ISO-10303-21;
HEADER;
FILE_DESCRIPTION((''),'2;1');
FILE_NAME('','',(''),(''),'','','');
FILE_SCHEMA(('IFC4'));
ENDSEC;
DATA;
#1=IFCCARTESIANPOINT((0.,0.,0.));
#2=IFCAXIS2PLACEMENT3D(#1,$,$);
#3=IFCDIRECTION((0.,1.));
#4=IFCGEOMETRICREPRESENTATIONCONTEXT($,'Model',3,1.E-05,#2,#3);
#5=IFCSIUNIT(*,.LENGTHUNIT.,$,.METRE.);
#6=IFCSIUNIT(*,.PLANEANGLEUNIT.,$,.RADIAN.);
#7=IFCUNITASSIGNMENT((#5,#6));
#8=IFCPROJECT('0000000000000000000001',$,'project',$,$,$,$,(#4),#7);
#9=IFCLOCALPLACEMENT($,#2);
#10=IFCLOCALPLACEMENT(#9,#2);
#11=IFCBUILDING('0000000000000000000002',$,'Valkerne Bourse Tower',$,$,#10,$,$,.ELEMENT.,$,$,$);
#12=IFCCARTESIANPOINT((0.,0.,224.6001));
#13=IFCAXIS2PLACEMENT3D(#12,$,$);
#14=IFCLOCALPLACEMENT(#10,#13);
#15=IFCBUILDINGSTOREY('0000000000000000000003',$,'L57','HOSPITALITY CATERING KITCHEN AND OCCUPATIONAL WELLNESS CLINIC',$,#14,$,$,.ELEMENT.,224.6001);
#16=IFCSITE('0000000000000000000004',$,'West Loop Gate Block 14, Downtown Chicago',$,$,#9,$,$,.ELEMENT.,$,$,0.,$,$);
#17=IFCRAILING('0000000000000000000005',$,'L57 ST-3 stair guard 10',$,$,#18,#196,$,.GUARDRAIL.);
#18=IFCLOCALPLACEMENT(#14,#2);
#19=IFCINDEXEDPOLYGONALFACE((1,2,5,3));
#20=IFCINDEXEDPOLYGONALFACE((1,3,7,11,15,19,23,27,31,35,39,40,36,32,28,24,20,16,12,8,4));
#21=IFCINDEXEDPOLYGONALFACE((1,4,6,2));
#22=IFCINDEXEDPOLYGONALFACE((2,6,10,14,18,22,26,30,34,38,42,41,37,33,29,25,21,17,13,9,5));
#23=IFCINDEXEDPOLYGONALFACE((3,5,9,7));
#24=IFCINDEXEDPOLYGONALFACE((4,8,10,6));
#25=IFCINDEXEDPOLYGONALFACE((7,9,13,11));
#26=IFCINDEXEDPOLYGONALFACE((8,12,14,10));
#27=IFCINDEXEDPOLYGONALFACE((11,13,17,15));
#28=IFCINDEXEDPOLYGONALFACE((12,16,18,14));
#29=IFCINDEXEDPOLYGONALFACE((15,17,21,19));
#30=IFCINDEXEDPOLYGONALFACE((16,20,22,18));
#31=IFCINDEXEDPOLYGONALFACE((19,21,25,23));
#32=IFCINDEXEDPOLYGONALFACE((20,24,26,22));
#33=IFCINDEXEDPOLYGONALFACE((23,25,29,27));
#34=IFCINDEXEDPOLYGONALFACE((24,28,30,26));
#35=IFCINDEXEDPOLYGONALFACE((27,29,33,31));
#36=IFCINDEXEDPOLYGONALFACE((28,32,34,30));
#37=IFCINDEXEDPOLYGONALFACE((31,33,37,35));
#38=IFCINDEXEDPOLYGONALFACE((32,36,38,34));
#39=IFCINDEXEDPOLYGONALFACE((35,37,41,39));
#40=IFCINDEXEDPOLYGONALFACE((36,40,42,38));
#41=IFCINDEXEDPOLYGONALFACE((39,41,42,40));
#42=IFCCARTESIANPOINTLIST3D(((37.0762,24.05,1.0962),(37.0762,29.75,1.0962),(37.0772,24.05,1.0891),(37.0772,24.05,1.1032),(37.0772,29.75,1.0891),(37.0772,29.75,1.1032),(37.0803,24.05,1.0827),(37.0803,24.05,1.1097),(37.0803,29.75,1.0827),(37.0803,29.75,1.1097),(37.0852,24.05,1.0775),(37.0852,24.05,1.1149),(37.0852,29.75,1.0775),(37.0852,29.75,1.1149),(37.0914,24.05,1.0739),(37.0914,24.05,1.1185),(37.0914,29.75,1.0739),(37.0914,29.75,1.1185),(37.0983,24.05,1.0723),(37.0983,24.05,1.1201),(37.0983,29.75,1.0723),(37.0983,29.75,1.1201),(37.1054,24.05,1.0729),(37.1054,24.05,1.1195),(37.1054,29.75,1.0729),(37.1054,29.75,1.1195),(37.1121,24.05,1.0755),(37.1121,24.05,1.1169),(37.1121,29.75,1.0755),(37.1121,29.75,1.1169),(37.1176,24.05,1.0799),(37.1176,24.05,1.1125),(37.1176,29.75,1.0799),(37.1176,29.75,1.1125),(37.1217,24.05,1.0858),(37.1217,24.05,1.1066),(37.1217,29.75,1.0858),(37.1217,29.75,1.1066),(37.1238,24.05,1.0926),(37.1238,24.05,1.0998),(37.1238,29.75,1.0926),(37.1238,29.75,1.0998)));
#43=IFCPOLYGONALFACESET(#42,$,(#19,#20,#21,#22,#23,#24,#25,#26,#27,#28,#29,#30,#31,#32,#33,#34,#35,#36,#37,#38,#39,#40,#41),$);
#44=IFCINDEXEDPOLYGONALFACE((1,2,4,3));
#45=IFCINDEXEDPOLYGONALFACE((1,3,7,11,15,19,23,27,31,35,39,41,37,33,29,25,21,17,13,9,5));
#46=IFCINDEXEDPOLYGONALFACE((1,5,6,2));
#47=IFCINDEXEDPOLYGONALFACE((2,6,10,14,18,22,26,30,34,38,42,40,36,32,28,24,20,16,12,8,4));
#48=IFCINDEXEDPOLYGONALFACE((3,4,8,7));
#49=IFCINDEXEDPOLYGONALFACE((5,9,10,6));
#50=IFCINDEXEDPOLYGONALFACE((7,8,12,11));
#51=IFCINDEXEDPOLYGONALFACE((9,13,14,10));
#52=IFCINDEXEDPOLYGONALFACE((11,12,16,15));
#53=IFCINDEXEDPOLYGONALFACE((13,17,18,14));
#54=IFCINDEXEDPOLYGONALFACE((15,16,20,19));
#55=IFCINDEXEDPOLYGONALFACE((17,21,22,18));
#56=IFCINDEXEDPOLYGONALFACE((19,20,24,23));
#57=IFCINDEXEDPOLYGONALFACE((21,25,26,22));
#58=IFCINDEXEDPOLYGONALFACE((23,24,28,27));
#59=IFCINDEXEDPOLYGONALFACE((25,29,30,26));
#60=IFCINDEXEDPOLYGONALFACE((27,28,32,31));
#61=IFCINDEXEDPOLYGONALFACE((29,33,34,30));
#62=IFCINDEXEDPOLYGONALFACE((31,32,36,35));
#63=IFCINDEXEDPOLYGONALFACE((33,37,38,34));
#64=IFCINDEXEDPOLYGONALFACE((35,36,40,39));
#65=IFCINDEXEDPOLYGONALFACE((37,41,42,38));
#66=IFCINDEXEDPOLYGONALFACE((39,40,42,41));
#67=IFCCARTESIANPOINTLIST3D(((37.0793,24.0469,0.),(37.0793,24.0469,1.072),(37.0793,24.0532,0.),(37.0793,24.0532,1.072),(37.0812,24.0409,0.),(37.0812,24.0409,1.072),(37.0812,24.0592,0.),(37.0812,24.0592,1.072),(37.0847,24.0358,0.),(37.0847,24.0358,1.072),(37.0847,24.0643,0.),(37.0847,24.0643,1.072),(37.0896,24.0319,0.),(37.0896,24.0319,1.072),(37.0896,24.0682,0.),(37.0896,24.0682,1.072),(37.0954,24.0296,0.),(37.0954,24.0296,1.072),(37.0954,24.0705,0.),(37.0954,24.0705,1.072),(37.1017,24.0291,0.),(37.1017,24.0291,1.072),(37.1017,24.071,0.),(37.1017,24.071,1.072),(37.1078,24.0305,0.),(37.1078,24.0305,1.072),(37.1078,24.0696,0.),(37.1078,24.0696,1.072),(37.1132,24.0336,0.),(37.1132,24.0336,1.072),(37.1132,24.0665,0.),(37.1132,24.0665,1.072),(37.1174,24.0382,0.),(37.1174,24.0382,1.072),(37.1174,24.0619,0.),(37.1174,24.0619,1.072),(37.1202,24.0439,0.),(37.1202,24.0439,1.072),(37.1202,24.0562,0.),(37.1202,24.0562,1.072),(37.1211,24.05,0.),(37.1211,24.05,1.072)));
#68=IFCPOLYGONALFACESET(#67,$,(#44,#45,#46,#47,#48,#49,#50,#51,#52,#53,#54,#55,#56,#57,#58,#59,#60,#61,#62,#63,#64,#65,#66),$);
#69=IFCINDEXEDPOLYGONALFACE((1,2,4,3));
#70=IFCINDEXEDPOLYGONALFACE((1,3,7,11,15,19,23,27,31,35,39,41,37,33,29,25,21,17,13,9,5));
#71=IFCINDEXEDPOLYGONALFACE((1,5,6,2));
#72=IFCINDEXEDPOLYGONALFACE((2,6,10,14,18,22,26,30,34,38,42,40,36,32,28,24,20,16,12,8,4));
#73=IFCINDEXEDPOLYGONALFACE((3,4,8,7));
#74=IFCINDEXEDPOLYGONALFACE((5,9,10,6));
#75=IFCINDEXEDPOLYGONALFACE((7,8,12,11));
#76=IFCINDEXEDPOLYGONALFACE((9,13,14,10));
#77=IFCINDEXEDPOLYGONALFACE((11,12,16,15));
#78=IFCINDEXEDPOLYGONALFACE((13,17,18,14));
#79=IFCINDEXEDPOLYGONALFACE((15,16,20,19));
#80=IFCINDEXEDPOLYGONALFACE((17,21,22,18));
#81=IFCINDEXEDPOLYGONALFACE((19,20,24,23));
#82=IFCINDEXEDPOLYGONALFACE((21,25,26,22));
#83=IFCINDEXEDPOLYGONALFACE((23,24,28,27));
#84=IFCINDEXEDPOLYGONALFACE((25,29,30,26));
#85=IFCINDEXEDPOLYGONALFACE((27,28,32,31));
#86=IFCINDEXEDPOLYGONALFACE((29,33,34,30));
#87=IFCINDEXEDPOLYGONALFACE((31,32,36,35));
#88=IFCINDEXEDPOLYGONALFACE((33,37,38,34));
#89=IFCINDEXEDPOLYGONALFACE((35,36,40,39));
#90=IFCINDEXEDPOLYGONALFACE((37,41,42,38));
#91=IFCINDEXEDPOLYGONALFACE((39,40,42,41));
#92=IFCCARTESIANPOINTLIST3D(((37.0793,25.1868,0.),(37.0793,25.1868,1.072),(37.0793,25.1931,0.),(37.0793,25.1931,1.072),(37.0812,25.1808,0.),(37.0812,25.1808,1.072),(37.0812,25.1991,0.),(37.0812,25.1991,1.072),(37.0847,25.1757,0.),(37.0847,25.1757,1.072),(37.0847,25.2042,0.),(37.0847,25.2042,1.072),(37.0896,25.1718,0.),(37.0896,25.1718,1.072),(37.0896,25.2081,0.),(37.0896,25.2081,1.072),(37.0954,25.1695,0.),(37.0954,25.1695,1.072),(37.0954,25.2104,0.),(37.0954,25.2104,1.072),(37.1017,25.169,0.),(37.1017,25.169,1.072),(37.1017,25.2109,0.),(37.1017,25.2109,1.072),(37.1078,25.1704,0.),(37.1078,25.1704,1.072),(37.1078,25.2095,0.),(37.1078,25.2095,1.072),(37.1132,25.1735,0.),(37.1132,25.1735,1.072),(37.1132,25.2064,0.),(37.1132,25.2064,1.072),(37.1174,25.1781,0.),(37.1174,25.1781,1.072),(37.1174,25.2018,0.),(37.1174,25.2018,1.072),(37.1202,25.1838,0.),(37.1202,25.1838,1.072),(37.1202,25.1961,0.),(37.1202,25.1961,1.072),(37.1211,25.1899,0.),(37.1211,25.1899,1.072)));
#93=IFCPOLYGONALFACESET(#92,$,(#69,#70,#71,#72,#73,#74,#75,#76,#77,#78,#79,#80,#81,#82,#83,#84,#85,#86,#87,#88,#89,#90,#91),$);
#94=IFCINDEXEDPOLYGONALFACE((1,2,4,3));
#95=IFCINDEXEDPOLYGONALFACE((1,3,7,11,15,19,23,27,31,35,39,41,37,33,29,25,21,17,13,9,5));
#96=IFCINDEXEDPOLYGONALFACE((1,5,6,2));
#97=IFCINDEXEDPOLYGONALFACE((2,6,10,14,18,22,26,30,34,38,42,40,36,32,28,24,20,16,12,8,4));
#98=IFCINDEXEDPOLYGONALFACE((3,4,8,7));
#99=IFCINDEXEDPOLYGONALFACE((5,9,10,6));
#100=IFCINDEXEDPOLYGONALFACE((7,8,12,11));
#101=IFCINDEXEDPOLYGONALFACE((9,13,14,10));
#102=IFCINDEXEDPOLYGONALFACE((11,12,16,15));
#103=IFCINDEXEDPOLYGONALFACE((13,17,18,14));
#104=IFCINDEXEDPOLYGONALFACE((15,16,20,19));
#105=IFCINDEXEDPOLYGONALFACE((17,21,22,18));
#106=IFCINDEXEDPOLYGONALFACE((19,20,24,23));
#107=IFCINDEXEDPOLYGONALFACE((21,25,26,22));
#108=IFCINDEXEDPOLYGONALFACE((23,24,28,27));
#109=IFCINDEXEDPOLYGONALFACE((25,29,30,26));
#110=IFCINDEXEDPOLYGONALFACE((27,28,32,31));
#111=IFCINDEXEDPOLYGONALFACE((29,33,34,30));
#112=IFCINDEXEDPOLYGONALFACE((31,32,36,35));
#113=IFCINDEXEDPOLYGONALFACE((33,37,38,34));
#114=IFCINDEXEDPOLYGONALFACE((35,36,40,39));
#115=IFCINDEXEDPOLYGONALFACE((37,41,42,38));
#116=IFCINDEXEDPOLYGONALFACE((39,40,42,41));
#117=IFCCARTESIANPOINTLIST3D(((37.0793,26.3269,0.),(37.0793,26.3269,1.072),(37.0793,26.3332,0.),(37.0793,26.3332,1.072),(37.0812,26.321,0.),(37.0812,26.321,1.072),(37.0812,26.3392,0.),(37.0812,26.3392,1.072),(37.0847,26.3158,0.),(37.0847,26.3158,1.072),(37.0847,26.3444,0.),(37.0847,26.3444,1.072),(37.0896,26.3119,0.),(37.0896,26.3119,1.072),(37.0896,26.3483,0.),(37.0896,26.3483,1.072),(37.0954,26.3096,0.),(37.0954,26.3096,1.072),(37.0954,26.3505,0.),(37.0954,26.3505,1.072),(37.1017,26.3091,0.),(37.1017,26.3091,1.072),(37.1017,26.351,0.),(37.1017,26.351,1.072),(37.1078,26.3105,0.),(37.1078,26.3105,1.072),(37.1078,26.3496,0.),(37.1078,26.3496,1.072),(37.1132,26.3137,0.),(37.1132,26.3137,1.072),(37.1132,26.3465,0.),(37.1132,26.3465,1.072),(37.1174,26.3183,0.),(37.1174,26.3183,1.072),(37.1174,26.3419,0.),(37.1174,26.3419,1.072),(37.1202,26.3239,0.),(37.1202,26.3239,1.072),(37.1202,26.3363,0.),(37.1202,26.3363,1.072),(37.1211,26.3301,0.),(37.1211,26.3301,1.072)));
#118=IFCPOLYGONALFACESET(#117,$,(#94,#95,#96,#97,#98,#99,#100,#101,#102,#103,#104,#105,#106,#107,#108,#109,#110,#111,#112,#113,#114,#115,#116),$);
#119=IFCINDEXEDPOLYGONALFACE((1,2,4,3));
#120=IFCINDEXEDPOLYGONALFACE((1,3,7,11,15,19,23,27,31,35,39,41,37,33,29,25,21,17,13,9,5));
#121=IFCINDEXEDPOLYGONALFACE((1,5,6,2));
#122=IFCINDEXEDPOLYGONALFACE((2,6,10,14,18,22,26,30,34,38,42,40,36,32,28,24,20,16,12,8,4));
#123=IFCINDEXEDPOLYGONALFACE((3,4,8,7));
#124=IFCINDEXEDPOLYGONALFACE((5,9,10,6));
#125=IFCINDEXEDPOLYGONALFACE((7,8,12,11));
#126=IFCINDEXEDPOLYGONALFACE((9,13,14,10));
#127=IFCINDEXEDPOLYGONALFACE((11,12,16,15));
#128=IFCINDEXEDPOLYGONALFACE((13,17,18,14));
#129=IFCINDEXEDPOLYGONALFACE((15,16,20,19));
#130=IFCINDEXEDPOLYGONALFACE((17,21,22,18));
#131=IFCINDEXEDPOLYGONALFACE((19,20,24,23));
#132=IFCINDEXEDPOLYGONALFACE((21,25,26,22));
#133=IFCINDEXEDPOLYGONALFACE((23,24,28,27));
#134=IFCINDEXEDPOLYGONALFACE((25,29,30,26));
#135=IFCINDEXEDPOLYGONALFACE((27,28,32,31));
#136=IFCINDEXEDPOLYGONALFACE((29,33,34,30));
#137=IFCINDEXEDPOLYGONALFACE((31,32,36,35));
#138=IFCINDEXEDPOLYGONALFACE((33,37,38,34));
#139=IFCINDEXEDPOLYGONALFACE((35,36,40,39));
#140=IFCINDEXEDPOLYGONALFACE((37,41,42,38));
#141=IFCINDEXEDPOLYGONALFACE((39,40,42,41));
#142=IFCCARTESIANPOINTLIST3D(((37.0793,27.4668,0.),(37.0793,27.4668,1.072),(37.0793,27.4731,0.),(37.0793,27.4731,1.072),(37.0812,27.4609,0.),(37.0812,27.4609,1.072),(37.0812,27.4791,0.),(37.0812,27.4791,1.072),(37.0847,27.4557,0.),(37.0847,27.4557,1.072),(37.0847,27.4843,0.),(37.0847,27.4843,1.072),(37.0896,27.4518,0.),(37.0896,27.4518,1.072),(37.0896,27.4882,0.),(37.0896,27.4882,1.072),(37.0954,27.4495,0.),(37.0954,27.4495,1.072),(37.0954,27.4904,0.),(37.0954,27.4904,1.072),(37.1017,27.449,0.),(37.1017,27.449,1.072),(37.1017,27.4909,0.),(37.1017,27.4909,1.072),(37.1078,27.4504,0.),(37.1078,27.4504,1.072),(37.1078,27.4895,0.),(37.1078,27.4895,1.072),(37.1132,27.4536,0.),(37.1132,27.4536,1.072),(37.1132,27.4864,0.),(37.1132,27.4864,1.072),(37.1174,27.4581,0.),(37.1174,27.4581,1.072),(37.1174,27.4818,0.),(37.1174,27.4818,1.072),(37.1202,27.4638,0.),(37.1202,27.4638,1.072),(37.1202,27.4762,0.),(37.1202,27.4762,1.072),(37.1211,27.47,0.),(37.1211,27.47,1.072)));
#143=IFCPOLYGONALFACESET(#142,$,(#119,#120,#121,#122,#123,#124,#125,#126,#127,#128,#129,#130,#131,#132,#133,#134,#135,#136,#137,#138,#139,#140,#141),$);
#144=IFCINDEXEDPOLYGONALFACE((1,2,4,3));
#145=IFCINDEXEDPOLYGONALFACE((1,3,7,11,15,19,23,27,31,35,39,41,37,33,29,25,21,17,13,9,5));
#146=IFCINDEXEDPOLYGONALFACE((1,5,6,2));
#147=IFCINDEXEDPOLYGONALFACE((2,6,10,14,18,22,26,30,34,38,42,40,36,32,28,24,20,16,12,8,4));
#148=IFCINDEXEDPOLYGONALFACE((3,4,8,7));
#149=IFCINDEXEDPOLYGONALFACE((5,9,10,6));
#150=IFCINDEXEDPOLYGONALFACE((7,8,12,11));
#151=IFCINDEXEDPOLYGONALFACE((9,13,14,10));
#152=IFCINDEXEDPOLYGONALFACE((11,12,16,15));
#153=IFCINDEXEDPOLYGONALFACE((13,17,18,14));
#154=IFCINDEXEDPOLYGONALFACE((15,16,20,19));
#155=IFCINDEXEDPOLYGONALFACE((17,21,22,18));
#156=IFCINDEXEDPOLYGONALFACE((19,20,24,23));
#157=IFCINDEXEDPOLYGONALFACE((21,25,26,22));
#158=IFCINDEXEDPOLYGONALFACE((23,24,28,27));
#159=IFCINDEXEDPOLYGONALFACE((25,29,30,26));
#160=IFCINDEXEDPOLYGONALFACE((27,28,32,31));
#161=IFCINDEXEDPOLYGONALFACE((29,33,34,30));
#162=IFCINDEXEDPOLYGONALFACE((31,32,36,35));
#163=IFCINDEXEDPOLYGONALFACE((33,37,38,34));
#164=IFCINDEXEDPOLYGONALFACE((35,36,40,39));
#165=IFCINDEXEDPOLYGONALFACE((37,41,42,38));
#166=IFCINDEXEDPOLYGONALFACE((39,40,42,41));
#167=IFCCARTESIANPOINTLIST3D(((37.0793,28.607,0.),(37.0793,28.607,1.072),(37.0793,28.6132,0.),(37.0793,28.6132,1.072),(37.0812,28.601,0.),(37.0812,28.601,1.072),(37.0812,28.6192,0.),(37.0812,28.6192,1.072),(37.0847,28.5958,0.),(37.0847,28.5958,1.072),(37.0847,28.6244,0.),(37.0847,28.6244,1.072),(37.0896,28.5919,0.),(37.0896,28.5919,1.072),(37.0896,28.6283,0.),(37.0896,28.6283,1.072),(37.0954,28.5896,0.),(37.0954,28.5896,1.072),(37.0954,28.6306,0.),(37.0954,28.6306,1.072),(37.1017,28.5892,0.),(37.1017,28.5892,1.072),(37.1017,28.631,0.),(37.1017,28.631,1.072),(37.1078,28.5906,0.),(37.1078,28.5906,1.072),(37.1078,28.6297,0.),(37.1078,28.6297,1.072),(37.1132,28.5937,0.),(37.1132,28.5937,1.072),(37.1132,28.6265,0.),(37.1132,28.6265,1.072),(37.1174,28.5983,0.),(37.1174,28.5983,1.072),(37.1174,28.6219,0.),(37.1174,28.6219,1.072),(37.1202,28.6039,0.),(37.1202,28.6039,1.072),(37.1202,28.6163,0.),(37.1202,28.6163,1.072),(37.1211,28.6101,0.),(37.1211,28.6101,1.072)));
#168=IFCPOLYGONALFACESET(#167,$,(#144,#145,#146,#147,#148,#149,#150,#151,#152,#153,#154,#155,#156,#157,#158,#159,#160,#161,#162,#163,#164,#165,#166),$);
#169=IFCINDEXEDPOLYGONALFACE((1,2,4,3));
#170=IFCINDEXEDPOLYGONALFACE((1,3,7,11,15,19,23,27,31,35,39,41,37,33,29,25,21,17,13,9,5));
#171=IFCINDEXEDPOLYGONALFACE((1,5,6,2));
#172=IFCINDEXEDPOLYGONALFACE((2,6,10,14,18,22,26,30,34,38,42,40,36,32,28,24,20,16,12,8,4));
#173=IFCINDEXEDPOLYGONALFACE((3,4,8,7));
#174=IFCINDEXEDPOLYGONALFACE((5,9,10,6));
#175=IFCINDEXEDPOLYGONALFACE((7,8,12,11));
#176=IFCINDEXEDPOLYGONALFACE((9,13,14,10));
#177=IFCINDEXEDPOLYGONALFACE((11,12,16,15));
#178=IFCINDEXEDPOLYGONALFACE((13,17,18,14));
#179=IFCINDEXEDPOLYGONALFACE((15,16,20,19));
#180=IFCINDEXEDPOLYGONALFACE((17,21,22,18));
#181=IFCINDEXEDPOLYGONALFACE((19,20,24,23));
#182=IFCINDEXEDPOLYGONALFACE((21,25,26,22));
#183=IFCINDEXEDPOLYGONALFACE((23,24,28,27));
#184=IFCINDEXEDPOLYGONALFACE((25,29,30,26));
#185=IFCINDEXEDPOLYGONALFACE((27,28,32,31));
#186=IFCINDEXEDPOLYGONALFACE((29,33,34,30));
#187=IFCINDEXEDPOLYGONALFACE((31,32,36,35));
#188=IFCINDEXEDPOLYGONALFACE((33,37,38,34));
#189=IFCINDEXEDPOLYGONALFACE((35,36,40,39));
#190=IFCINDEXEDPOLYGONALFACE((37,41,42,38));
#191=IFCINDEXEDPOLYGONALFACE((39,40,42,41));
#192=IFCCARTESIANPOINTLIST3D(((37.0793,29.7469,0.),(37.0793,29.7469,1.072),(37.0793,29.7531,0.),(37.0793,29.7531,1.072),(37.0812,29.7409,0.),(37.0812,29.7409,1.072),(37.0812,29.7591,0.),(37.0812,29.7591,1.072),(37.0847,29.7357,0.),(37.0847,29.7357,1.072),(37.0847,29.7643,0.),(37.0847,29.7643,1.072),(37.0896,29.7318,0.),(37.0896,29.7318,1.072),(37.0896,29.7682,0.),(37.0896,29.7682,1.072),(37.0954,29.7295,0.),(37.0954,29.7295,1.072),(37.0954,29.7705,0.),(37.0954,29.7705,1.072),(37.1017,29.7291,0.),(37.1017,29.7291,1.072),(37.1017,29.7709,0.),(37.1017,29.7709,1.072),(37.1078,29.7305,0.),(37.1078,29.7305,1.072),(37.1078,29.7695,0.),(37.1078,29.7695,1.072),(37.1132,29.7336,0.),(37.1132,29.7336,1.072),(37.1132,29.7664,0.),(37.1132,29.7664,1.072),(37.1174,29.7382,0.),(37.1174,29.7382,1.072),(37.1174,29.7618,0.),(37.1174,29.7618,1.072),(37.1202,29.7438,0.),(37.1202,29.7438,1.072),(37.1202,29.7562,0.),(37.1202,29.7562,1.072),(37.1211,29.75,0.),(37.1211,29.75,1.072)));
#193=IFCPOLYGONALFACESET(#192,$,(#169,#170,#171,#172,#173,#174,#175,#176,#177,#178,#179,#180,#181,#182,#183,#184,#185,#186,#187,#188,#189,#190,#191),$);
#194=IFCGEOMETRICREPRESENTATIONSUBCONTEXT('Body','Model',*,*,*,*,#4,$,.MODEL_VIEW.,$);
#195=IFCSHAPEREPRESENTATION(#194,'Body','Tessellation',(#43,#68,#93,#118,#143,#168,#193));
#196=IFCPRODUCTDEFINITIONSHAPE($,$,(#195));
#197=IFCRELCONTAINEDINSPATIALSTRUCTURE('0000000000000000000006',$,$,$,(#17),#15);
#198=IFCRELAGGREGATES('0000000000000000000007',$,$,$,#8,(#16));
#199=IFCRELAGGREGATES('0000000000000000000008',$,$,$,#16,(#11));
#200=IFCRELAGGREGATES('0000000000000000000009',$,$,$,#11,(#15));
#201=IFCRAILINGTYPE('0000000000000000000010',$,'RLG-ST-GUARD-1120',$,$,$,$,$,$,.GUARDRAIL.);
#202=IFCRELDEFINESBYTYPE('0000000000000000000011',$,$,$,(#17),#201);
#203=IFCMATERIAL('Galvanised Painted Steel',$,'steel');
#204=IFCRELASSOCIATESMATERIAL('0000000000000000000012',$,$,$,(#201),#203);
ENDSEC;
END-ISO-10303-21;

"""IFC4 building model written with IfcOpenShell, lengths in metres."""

from ifc_helpers import new_model, si_unit, direction, frame, origin, origin_2d, place, context, subcontext, project, spatial, circle, extrude, material, type_object, element, save


model = new_model("IFC4")

# Units and contexts
model_context = context("Model", 3, precision=1e-05, world=origin(), true_north=direction((0.0, 1.0)))
body_context = subcontext(model_context, "Body", "Model", "MODEL_VIEW")
ifc_project = project(units=[si_unit("LENGTHUNIT", "METRE"), si_unit("PLANEANGLEUNIT", "RADIAN")], contexts=[model_context])

# Site, building, storey
site_placement = place(None, origin())
site = spatial("IfcSite", under=ifc_project, at=site_placement, Name="West Loop Gate Block 14, Downtown Chicago", CompositionType="ELEMENT", RefElevation=0.0)
building_placement = place(site_placement, origin())
building = spatial("IfcBuilding", under=site, at=building_placement, Name="Valkerne Bourse Tower", CompositionType="ELEMENT")
storey_placement = place(building_placement, frame((0.0, 0.0, 224.6001)))
storey = spatial("IfcBuildingStorey", under=building, at=storey_placement, Name="L57", Description="HOSPITALITY CATERING KITCHEN AND OCCUPATIONAL WELLNESS CLINIC", CompositionType="ELEMENT", Elevation=224.6001)

# Railing
ifc_material_1 = material(Name="Galvanised Painted Steel", Category="steel")
railing_type_1 = type_object("IfcRailingType", Name="RLG-ST-GUARD-1120", PredefinedType="GUARDRAIL", material=ifc_material_1)
railing_1_placement = place(storey_placement, frame((37.1001, 24.05, 0.0)))
element("IfcRailing", 1, at=railing_1_placement, inside=storey, type_object=railing_type_1, Name="L57 ST-3 stair guard 10", PredefinedType="GUARDRAIL", context=body_context, shape_type="SweptSolid", body=[
    extrude(circle(Radius=0.0239, at=origin_2d()), frame((0.0, 0.0, 1.0962), z_axis=(0.0, 1.0, 0.0), x_axis=(-1.0, 0.0, 0.0)), (0.0, 0.0, 1.0), 5.7),
    extrude(circle(Radius=0.021, at=origin_2d()), origin(), (0.0, 0.0, 1.0), 1.072),
    extrude(circle(Radius=0.021, at=origin_2d()), frame((0.0, 1.1399, 0.0)), (0.0, 0.0, 1.0), 1.072),
    extrude(circle(Radius=0.021, at=origin_2d()), frame((0.0, 2.28, 0.0)), (0.0, 0.0, 1.0), 1.072),
    extrude(circle(Radius=0.021, at=origin_2d()), frame((0.0, 3.4199, 0.0)), (0.0, 0.0, 1.0), 1.072),
    extrude(circle(Radius=0.021, at=origin_2d()), frame((0.0, 4.5601, 0.0)), (0.0, 0.0, 1.0), 1.072),
    extrude(circle(Radius=0.021, at=origin_2d()), frame((0.0, 5.7, 0.0)), (0.0, 0.0, 1.0), 1.072),
])

save(model, "model.ifc")
